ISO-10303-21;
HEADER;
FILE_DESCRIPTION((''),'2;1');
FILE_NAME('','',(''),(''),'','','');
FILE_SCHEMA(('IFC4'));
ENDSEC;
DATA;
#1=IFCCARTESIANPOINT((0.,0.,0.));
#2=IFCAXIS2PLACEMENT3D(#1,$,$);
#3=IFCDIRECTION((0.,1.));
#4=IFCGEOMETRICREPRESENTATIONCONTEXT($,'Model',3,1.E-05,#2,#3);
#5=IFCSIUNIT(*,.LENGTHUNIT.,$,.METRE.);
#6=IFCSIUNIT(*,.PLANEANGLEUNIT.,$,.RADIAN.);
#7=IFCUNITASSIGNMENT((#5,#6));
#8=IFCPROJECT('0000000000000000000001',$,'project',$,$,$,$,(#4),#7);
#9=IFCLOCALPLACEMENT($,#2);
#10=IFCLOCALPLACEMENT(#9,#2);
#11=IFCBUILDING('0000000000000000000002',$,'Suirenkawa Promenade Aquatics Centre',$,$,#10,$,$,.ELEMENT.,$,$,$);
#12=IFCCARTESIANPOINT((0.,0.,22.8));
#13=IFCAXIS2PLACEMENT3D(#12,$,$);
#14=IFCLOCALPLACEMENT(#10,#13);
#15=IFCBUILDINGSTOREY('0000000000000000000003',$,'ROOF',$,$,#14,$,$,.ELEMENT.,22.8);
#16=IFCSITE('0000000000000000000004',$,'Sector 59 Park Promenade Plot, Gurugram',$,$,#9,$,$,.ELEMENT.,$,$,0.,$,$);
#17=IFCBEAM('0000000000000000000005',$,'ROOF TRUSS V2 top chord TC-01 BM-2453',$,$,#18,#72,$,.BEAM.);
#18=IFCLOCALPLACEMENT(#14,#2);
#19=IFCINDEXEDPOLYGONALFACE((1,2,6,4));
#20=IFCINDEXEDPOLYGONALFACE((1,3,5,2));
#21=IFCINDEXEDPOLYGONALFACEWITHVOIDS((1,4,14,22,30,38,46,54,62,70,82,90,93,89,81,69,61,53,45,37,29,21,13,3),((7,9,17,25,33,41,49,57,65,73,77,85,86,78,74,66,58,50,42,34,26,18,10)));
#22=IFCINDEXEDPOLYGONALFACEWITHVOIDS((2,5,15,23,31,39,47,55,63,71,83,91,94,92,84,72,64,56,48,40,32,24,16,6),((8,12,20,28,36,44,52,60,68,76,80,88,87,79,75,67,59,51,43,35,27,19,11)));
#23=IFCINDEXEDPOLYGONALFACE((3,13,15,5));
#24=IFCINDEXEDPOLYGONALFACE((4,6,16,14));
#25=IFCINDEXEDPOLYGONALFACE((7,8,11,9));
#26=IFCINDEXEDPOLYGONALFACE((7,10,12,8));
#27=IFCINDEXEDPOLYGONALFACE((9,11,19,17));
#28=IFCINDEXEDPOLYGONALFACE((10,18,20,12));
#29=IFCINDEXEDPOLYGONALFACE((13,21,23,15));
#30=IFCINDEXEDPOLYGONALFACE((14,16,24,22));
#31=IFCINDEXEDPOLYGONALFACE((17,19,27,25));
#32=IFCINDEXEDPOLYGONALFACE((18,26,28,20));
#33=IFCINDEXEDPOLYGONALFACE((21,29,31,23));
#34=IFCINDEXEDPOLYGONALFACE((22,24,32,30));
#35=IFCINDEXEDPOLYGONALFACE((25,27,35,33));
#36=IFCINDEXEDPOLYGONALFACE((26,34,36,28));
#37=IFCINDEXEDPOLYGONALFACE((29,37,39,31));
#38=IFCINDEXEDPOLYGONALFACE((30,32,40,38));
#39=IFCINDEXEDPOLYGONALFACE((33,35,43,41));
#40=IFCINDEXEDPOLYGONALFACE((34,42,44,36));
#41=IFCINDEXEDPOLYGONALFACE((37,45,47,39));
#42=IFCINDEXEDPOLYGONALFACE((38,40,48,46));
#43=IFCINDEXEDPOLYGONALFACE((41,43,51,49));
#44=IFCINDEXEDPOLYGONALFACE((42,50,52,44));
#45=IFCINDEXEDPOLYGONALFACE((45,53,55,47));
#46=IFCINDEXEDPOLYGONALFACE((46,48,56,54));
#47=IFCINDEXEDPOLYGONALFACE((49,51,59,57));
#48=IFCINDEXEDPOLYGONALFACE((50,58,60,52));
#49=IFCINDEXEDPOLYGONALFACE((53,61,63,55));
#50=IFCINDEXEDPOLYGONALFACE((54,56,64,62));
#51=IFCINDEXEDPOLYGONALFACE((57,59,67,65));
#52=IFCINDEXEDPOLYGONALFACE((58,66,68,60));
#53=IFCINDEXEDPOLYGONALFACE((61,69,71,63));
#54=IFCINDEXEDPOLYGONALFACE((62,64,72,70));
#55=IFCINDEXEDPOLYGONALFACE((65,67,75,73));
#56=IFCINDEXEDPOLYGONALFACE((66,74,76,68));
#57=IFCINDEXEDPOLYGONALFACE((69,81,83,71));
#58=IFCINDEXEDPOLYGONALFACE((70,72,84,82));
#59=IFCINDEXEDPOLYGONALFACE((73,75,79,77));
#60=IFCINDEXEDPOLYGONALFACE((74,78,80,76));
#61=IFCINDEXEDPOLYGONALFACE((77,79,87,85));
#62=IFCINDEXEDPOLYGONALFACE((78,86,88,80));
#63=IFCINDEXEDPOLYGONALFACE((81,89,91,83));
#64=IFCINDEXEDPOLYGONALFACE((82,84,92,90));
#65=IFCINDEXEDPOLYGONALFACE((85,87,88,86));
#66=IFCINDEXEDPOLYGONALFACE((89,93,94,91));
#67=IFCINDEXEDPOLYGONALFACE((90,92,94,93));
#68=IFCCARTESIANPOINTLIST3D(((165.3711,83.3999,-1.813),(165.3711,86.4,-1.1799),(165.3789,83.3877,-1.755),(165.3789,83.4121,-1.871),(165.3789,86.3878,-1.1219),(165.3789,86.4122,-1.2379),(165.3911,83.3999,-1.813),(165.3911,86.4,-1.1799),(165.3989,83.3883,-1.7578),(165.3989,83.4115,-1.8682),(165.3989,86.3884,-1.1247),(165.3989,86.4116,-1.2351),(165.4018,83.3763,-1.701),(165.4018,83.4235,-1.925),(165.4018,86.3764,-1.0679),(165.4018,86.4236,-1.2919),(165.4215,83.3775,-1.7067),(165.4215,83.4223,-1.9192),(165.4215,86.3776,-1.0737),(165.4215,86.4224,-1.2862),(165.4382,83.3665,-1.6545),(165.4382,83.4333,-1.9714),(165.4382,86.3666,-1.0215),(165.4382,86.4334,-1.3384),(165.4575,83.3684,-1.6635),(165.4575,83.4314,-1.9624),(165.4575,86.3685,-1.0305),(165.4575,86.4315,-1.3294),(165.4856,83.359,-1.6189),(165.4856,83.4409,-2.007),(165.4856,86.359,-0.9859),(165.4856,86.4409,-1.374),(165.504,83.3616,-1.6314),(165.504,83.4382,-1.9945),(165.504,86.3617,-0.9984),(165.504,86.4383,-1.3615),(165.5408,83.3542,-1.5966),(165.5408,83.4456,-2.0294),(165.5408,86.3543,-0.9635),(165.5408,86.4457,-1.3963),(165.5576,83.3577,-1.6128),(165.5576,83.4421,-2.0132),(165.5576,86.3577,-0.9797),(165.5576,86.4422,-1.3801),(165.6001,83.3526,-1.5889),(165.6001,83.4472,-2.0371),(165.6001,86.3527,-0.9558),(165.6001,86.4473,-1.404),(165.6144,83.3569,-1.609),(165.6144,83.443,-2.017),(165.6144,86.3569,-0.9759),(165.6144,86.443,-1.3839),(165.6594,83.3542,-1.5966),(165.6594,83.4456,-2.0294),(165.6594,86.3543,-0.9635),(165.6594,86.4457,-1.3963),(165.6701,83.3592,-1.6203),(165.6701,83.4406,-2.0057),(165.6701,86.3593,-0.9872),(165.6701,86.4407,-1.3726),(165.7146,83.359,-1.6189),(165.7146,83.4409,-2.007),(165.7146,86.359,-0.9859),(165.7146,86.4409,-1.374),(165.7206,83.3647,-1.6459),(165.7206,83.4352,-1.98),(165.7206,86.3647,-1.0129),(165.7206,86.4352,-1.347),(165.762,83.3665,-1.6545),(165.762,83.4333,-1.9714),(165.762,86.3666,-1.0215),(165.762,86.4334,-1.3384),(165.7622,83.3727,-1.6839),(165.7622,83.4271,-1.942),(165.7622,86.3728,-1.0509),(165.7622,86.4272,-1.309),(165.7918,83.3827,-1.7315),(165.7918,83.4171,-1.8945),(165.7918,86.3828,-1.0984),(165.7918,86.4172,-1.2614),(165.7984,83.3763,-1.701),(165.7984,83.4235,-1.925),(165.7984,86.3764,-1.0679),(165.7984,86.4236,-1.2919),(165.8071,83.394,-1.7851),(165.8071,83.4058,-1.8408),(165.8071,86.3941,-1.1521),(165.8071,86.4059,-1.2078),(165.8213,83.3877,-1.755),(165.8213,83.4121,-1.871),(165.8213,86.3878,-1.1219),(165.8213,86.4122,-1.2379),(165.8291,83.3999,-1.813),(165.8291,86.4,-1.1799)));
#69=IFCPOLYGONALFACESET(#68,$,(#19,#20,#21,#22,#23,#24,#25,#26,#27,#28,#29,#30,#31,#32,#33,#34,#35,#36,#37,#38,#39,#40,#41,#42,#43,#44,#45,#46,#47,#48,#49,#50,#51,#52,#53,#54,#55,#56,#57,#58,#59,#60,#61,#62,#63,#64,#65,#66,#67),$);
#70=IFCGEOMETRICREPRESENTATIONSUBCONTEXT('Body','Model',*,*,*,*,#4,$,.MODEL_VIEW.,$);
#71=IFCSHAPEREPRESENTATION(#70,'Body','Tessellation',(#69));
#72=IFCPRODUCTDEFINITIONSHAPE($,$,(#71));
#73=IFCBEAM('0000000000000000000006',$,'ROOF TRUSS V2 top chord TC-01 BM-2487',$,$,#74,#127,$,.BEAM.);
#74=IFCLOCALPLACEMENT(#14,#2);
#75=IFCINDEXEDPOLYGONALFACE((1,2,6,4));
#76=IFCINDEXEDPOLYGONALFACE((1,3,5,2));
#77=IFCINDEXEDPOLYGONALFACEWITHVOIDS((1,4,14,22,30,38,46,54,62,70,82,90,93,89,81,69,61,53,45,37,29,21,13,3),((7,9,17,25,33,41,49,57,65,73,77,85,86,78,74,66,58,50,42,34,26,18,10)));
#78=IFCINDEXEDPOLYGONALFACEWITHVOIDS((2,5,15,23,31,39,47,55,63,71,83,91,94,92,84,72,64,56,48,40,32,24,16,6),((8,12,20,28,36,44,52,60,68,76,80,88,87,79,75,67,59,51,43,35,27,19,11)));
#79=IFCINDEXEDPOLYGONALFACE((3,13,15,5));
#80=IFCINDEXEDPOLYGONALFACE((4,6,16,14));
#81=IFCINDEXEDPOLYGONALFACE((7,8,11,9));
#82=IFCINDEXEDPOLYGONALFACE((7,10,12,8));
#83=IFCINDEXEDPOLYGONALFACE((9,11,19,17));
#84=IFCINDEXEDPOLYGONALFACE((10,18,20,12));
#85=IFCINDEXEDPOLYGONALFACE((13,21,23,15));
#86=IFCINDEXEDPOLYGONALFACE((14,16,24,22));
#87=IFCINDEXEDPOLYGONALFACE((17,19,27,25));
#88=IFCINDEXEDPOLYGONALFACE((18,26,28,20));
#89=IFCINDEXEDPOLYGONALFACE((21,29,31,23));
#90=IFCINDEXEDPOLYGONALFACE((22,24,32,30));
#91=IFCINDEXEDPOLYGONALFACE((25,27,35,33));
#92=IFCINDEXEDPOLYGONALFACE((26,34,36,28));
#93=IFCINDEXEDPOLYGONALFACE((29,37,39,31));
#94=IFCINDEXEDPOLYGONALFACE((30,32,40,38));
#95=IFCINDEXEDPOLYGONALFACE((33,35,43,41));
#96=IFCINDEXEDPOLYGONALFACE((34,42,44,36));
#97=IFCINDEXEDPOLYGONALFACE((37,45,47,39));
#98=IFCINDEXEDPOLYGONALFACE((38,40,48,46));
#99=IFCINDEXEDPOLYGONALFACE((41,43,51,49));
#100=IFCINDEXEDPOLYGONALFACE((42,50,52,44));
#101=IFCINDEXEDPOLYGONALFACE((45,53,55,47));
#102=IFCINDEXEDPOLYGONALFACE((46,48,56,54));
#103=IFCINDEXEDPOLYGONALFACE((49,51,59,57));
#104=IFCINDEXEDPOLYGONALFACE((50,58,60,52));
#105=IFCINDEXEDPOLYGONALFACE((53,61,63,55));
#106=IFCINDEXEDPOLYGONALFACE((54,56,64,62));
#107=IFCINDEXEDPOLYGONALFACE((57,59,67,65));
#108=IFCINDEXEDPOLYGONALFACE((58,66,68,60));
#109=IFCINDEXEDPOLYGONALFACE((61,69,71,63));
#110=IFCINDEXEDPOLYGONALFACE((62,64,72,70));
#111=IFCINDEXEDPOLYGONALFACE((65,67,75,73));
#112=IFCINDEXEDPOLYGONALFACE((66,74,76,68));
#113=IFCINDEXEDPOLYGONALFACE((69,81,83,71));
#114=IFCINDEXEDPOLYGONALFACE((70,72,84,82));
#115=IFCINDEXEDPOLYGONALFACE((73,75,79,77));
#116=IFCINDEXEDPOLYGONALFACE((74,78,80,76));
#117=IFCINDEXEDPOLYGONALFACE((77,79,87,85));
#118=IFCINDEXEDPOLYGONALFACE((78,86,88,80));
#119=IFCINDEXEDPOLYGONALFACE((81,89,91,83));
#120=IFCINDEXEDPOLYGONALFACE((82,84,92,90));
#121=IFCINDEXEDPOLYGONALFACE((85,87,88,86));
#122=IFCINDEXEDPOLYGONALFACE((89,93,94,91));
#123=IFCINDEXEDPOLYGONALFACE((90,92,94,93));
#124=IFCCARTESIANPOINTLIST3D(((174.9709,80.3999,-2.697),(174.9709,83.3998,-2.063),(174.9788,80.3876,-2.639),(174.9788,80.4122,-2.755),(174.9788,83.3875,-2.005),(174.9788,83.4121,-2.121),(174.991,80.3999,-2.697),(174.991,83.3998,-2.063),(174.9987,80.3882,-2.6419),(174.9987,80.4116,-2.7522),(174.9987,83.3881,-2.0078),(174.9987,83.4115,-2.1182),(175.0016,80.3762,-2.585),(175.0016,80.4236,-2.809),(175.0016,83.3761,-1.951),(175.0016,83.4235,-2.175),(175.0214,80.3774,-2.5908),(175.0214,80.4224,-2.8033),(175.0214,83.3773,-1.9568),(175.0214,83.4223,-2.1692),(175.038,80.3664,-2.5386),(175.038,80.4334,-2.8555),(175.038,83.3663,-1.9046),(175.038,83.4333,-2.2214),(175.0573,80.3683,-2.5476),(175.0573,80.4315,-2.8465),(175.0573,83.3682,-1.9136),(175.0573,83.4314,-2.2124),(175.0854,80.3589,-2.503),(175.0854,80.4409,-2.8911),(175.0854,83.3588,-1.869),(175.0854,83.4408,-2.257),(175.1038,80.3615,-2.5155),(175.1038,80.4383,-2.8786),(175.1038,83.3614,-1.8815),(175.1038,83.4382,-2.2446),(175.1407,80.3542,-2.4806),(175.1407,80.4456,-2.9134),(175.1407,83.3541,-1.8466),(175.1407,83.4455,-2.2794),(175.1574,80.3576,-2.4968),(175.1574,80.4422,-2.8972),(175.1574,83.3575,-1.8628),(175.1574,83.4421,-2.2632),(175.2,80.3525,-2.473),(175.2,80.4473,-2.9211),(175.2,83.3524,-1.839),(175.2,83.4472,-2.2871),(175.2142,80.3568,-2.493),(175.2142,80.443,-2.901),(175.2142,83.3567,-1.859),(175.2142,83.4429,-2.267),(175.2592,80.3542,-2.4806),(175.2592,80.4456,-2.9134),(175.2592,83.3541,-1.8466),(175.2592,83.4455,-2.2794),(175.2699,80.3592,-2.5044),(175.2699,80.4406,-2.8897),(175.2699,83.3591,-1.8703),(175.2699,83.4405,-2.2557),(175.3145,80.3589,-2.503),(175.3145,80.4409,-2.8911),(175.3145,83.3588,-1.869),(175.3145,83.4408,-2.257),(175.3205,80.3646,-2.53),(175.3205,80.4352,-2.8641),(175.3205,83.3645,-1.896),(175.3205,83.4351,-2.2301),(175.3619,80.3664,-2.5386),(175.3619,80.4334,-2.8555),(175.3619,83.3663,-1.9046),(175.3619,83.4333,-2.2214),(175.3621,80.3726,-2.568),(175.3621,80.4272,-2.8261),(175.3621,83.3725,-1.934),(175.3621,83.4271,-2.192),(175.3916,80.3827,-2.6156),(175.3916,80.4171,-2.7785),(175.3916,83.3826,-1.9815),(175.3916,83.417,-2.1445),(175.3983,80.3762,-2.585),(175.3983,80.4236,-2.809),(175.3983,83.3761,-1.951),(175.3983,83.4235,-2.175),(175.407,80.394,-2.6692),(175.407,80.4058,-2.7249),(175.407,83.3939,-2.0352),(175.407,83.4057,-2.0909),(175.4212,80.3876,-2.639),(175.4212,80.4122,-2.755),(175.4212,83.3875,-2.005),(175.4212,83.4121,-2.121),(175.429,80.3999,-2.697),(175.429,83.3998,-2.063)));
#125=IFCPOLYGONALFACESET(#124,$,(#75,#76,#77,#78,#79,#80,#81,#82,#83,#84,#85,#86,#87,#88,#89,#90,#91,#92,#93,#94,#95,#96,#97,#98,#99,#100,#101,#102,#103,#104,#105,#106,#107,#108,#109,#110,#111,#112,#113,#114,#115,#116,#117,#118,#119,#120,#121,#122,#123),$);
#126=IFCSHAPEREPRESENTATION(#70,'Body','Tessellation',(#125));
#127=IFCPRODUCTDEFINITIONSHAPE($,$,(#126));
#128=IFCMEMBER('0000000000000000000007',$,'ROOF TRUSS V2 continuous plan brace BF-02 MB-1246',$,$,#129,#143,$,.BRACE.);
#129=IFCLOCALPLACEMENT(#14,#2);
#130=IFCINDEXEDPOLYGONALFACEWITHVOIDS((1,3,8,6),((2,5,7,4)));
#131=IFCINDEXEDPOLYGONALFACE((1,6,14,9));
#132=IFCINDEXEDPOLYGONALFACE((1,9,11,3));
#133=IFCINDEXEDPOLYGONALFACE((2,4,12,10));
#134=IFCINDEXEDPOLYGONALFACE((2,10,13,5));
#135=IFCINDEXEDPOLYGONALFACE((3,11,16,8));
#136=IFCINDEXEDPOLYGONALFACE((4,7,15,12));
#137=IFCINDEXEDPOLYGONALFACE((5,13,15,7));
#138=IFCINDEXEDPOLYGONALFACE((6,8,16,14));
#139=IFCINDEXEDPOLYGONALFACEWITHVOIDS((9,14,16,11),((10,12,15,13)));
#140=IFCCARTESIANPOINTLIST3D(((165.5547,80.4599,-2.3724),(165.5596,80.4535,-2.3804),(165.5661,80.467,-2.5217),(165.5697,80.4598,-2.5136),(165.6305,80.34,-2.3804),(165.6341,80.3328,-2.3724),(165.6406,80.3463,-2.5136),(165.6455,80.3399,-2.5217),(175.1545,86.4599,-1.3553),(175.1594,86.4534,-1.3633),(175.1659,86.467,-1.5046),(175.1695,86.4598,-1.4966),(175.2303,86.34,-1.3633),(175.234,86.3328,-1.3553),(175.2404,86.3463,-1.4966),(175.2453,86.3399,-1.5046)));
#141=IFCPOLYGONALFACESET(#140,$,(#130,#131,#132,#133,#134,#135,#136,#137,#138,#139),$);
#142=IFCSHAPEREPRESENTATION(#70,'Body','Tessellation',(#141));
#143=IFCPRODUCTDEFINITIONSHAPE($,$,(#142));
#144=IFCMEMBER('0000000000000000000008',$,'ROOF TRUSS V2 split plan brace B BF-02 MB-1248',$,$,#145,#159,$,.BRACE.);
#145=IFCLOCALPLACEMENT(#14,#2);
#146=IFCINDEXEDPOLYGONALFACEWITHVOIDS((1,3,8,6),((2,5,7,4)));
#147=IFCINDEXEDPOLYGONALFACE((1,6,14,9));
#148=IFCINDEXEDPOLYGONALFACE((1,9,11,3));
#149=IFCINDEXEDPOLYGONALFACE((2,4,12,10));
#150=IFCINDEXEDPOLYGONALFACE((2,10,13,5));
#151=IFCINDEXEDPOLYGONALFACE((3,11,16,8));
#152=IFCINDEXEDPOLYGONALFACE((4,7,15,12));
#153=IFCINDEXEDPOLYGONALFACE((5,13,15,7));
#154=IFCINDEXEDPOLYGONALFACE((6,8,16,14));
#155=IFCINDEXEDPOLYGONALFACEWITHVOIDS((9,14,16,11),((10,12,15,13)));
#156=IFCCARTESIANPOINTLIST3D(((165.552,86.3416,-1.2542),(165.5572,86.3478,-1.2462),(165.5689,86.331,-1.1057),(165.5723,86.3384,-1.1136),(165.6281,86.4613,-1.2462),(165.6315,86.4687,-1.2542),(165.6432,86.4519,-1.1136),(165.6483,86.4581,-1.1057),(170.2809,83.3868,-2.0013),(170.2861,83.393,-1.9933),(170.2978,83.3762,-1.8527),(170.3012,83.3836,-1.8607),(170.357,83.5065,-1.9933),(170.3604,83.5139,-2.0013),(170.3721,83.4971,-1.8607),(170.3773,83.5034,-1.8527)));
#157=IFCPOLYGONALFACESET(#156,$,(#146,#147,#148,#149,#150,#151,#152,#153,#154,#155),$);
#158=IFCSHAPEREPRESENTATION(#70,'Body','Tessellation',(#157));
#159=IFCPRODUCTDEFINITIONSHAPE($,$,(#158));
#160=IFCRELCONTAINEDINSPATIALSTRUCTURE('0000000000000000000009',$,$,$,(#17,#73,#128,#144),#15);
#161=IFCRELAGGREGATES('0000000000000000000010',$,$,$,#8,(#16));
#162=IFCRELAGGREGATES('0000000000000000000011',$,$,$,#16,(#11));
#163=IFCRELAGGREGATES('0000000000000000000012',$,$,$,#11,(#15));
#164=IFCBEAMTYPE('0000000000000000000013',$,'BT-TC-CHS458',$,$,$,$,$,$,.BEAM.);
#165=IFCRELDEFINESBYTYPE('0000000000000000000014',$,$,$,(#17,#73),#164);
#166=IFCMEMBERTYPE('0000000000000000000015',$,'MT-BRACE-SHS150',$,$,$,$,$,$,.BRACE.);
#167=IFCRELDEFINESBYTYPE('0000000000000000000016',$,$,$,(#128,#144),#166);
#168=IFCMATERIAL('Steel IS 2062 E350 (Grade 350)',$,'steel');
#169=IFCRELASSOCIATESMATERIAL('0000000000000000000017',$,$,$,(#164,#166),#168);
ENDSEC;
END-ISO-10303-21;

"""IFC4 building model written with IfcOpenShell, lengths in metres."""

from ifc_helpers import new_model, si_unit, direction, frame, origin, origin_2d, place, context, subcontext, project, spatial, hollow_rectangle, hollow_circle, extrude, material, material_profile, profile_set, type_object, element, save


model = new_model("IFC4")

# Units and contexts
model_context = context("Model", 3, precision=1e-05, world=origin(), true_north=direction((0.0, 1.0)))
body_context = subcontext(model_context, "Body", "Model", "MODEL_VIEW")
ifc_project = project(units=[si_unit("LENGTHUNIT", "METRE"), si_unit("PLANEANGLEUNIT", "RADIAN")], contexts=[model_context])

# Site, building, storey
site_placement = place(None, origin())
site = spatial("IfcSite", under=ifc_project, at=site_placement, Name="Sector 59 Park Promenade Plot, Gurugram", CompositionType="ELEMENT", RefElevation=0.0)
building_placement = place(site_placement, origin())
building = spatial("IfcBuilding", under=site, at=building_placement, Name="Suirenkawa Promenade Aquatics Centre", CompositionType="ELEMENT")
storey_placement = place(building_placement, frame((0.0, 0.0, 22.8)))
storey = spatial("IfcBuildingStorey", under=building, at=storey_placement, Name="ROOF", CompositionType="ELEMENT", Elevation=22.8)

# Beams
ifc_material = material(Name="Steel IS 2062 E350 (Grade 350)", Category="steel")
ifc_material_profile_1 = material_profile(ifc_material, hollow_circle(Radius=0.229, WallThickness=0.02, at=origin_2d()), Name="CHS 458x20", Category="steel")
ifc_profile_set_1 = profile_set([ifc_material_profile_1], Name="Steel IS 2062 E350 (Grade 350)")
beam_type_1 = type_object("IfcBeamType", Name="BT-TC-CHS458", PredefinedType="BEAM", material=ifc_profile_set_1)
for number, where, z_axis, x_axis, name in (
    (1, (165.6001, 83.3999, -1.813), (0.0, 0.978453, 0.206472), (-1.0, 0.0, 0.0), "ROOF TRUSS V2 top chord TC-01 BM-2453"),
    (2, (175.2, 80.3999, -2.697), (0.0, 0.978388, 0.206777), (-1.0, 0.0, 0.0), "ROOF TRUSS V2 top chord TC-01 BM-2487"),
):
    element("IfcBeam", number, at=place(storey_placement, frame(where, z_axis=z_axis, x_axis=x_axis)), inside=storey, type_object=beam_type_1, Name=name, PredefinedType="BEAM", context=body_context, shape_type="SweptSolid", body=[
        extrude(hollow_circle(Radius=0.229, WallThickness=0.02, at=origin_2d()), origin(), (0.0, 0.0, 1.0), 3.0662),
    ])

# Members
ifc_material_profile_2 = material_profile(ifc_material, hollow_rectangle(XDim=0.1499, YDim=0.1499, WallThickness=0.0081, at=origin_2d()), Name="SHS 150x150x8", Category="steel")
ifc_profile_set_2 = profile_set([ifc_material_profile_2], Name="Steel IS 2062 E350 (Grade 350)")
member_type_1 = type_object("IfcMemberType", Name="MT-BRACE-SHS150", PredefinedType="BRACE", material=ifc_profile_set_2)
member_1_placement = place(storey_placement, frame((165.6001, 80.3999, -2.447), z_axis=(0.844593, 0.527879, 0.089483), x_axis=(-0.530005, 0.847995, 0.0)))
element("IfcMember", 3, at=member_1_placement, inside=storey, type_object=member_type_1, Name="ROOF TRUSS V2 continuous plan brace BF-02 MB-1246", PredefinedType="BRACE", context=body_context, shape_type="SweptSolid", body=[
    extrude(hollow_rectangle(XDim=0.1499, YDim=0.1499, WallThickness=0.0081, at=origin_2d()), origin(), (0.0, 0.0, 1.0), 11.3662),
])
member_2_placement = place(storey_placement, frame((170.3291, 83.4451, -1.927), z_axis=(-0.840552, 0.525204, 0.132787), x_axis=(-0.529897, -0.848062, 0.0)))
element("IfcMember", 4, at=member_2_placement, inside=storey, type_object=member_type_1, Name="ROOF TRUSS V2 split plan brace B BF-02 MB-1248", PredefinedType="BRACE", context=body_context, shape_type="SweptSolid", body=[
    extrude(hollow_rectangle(XDim=0.1499, YDim=0.1499, WallThickness=0.0081, at=origin_2d()), origin(), (0.0, 0.0, 1.0), 5.626),
])

save(model, "model.ifc")
